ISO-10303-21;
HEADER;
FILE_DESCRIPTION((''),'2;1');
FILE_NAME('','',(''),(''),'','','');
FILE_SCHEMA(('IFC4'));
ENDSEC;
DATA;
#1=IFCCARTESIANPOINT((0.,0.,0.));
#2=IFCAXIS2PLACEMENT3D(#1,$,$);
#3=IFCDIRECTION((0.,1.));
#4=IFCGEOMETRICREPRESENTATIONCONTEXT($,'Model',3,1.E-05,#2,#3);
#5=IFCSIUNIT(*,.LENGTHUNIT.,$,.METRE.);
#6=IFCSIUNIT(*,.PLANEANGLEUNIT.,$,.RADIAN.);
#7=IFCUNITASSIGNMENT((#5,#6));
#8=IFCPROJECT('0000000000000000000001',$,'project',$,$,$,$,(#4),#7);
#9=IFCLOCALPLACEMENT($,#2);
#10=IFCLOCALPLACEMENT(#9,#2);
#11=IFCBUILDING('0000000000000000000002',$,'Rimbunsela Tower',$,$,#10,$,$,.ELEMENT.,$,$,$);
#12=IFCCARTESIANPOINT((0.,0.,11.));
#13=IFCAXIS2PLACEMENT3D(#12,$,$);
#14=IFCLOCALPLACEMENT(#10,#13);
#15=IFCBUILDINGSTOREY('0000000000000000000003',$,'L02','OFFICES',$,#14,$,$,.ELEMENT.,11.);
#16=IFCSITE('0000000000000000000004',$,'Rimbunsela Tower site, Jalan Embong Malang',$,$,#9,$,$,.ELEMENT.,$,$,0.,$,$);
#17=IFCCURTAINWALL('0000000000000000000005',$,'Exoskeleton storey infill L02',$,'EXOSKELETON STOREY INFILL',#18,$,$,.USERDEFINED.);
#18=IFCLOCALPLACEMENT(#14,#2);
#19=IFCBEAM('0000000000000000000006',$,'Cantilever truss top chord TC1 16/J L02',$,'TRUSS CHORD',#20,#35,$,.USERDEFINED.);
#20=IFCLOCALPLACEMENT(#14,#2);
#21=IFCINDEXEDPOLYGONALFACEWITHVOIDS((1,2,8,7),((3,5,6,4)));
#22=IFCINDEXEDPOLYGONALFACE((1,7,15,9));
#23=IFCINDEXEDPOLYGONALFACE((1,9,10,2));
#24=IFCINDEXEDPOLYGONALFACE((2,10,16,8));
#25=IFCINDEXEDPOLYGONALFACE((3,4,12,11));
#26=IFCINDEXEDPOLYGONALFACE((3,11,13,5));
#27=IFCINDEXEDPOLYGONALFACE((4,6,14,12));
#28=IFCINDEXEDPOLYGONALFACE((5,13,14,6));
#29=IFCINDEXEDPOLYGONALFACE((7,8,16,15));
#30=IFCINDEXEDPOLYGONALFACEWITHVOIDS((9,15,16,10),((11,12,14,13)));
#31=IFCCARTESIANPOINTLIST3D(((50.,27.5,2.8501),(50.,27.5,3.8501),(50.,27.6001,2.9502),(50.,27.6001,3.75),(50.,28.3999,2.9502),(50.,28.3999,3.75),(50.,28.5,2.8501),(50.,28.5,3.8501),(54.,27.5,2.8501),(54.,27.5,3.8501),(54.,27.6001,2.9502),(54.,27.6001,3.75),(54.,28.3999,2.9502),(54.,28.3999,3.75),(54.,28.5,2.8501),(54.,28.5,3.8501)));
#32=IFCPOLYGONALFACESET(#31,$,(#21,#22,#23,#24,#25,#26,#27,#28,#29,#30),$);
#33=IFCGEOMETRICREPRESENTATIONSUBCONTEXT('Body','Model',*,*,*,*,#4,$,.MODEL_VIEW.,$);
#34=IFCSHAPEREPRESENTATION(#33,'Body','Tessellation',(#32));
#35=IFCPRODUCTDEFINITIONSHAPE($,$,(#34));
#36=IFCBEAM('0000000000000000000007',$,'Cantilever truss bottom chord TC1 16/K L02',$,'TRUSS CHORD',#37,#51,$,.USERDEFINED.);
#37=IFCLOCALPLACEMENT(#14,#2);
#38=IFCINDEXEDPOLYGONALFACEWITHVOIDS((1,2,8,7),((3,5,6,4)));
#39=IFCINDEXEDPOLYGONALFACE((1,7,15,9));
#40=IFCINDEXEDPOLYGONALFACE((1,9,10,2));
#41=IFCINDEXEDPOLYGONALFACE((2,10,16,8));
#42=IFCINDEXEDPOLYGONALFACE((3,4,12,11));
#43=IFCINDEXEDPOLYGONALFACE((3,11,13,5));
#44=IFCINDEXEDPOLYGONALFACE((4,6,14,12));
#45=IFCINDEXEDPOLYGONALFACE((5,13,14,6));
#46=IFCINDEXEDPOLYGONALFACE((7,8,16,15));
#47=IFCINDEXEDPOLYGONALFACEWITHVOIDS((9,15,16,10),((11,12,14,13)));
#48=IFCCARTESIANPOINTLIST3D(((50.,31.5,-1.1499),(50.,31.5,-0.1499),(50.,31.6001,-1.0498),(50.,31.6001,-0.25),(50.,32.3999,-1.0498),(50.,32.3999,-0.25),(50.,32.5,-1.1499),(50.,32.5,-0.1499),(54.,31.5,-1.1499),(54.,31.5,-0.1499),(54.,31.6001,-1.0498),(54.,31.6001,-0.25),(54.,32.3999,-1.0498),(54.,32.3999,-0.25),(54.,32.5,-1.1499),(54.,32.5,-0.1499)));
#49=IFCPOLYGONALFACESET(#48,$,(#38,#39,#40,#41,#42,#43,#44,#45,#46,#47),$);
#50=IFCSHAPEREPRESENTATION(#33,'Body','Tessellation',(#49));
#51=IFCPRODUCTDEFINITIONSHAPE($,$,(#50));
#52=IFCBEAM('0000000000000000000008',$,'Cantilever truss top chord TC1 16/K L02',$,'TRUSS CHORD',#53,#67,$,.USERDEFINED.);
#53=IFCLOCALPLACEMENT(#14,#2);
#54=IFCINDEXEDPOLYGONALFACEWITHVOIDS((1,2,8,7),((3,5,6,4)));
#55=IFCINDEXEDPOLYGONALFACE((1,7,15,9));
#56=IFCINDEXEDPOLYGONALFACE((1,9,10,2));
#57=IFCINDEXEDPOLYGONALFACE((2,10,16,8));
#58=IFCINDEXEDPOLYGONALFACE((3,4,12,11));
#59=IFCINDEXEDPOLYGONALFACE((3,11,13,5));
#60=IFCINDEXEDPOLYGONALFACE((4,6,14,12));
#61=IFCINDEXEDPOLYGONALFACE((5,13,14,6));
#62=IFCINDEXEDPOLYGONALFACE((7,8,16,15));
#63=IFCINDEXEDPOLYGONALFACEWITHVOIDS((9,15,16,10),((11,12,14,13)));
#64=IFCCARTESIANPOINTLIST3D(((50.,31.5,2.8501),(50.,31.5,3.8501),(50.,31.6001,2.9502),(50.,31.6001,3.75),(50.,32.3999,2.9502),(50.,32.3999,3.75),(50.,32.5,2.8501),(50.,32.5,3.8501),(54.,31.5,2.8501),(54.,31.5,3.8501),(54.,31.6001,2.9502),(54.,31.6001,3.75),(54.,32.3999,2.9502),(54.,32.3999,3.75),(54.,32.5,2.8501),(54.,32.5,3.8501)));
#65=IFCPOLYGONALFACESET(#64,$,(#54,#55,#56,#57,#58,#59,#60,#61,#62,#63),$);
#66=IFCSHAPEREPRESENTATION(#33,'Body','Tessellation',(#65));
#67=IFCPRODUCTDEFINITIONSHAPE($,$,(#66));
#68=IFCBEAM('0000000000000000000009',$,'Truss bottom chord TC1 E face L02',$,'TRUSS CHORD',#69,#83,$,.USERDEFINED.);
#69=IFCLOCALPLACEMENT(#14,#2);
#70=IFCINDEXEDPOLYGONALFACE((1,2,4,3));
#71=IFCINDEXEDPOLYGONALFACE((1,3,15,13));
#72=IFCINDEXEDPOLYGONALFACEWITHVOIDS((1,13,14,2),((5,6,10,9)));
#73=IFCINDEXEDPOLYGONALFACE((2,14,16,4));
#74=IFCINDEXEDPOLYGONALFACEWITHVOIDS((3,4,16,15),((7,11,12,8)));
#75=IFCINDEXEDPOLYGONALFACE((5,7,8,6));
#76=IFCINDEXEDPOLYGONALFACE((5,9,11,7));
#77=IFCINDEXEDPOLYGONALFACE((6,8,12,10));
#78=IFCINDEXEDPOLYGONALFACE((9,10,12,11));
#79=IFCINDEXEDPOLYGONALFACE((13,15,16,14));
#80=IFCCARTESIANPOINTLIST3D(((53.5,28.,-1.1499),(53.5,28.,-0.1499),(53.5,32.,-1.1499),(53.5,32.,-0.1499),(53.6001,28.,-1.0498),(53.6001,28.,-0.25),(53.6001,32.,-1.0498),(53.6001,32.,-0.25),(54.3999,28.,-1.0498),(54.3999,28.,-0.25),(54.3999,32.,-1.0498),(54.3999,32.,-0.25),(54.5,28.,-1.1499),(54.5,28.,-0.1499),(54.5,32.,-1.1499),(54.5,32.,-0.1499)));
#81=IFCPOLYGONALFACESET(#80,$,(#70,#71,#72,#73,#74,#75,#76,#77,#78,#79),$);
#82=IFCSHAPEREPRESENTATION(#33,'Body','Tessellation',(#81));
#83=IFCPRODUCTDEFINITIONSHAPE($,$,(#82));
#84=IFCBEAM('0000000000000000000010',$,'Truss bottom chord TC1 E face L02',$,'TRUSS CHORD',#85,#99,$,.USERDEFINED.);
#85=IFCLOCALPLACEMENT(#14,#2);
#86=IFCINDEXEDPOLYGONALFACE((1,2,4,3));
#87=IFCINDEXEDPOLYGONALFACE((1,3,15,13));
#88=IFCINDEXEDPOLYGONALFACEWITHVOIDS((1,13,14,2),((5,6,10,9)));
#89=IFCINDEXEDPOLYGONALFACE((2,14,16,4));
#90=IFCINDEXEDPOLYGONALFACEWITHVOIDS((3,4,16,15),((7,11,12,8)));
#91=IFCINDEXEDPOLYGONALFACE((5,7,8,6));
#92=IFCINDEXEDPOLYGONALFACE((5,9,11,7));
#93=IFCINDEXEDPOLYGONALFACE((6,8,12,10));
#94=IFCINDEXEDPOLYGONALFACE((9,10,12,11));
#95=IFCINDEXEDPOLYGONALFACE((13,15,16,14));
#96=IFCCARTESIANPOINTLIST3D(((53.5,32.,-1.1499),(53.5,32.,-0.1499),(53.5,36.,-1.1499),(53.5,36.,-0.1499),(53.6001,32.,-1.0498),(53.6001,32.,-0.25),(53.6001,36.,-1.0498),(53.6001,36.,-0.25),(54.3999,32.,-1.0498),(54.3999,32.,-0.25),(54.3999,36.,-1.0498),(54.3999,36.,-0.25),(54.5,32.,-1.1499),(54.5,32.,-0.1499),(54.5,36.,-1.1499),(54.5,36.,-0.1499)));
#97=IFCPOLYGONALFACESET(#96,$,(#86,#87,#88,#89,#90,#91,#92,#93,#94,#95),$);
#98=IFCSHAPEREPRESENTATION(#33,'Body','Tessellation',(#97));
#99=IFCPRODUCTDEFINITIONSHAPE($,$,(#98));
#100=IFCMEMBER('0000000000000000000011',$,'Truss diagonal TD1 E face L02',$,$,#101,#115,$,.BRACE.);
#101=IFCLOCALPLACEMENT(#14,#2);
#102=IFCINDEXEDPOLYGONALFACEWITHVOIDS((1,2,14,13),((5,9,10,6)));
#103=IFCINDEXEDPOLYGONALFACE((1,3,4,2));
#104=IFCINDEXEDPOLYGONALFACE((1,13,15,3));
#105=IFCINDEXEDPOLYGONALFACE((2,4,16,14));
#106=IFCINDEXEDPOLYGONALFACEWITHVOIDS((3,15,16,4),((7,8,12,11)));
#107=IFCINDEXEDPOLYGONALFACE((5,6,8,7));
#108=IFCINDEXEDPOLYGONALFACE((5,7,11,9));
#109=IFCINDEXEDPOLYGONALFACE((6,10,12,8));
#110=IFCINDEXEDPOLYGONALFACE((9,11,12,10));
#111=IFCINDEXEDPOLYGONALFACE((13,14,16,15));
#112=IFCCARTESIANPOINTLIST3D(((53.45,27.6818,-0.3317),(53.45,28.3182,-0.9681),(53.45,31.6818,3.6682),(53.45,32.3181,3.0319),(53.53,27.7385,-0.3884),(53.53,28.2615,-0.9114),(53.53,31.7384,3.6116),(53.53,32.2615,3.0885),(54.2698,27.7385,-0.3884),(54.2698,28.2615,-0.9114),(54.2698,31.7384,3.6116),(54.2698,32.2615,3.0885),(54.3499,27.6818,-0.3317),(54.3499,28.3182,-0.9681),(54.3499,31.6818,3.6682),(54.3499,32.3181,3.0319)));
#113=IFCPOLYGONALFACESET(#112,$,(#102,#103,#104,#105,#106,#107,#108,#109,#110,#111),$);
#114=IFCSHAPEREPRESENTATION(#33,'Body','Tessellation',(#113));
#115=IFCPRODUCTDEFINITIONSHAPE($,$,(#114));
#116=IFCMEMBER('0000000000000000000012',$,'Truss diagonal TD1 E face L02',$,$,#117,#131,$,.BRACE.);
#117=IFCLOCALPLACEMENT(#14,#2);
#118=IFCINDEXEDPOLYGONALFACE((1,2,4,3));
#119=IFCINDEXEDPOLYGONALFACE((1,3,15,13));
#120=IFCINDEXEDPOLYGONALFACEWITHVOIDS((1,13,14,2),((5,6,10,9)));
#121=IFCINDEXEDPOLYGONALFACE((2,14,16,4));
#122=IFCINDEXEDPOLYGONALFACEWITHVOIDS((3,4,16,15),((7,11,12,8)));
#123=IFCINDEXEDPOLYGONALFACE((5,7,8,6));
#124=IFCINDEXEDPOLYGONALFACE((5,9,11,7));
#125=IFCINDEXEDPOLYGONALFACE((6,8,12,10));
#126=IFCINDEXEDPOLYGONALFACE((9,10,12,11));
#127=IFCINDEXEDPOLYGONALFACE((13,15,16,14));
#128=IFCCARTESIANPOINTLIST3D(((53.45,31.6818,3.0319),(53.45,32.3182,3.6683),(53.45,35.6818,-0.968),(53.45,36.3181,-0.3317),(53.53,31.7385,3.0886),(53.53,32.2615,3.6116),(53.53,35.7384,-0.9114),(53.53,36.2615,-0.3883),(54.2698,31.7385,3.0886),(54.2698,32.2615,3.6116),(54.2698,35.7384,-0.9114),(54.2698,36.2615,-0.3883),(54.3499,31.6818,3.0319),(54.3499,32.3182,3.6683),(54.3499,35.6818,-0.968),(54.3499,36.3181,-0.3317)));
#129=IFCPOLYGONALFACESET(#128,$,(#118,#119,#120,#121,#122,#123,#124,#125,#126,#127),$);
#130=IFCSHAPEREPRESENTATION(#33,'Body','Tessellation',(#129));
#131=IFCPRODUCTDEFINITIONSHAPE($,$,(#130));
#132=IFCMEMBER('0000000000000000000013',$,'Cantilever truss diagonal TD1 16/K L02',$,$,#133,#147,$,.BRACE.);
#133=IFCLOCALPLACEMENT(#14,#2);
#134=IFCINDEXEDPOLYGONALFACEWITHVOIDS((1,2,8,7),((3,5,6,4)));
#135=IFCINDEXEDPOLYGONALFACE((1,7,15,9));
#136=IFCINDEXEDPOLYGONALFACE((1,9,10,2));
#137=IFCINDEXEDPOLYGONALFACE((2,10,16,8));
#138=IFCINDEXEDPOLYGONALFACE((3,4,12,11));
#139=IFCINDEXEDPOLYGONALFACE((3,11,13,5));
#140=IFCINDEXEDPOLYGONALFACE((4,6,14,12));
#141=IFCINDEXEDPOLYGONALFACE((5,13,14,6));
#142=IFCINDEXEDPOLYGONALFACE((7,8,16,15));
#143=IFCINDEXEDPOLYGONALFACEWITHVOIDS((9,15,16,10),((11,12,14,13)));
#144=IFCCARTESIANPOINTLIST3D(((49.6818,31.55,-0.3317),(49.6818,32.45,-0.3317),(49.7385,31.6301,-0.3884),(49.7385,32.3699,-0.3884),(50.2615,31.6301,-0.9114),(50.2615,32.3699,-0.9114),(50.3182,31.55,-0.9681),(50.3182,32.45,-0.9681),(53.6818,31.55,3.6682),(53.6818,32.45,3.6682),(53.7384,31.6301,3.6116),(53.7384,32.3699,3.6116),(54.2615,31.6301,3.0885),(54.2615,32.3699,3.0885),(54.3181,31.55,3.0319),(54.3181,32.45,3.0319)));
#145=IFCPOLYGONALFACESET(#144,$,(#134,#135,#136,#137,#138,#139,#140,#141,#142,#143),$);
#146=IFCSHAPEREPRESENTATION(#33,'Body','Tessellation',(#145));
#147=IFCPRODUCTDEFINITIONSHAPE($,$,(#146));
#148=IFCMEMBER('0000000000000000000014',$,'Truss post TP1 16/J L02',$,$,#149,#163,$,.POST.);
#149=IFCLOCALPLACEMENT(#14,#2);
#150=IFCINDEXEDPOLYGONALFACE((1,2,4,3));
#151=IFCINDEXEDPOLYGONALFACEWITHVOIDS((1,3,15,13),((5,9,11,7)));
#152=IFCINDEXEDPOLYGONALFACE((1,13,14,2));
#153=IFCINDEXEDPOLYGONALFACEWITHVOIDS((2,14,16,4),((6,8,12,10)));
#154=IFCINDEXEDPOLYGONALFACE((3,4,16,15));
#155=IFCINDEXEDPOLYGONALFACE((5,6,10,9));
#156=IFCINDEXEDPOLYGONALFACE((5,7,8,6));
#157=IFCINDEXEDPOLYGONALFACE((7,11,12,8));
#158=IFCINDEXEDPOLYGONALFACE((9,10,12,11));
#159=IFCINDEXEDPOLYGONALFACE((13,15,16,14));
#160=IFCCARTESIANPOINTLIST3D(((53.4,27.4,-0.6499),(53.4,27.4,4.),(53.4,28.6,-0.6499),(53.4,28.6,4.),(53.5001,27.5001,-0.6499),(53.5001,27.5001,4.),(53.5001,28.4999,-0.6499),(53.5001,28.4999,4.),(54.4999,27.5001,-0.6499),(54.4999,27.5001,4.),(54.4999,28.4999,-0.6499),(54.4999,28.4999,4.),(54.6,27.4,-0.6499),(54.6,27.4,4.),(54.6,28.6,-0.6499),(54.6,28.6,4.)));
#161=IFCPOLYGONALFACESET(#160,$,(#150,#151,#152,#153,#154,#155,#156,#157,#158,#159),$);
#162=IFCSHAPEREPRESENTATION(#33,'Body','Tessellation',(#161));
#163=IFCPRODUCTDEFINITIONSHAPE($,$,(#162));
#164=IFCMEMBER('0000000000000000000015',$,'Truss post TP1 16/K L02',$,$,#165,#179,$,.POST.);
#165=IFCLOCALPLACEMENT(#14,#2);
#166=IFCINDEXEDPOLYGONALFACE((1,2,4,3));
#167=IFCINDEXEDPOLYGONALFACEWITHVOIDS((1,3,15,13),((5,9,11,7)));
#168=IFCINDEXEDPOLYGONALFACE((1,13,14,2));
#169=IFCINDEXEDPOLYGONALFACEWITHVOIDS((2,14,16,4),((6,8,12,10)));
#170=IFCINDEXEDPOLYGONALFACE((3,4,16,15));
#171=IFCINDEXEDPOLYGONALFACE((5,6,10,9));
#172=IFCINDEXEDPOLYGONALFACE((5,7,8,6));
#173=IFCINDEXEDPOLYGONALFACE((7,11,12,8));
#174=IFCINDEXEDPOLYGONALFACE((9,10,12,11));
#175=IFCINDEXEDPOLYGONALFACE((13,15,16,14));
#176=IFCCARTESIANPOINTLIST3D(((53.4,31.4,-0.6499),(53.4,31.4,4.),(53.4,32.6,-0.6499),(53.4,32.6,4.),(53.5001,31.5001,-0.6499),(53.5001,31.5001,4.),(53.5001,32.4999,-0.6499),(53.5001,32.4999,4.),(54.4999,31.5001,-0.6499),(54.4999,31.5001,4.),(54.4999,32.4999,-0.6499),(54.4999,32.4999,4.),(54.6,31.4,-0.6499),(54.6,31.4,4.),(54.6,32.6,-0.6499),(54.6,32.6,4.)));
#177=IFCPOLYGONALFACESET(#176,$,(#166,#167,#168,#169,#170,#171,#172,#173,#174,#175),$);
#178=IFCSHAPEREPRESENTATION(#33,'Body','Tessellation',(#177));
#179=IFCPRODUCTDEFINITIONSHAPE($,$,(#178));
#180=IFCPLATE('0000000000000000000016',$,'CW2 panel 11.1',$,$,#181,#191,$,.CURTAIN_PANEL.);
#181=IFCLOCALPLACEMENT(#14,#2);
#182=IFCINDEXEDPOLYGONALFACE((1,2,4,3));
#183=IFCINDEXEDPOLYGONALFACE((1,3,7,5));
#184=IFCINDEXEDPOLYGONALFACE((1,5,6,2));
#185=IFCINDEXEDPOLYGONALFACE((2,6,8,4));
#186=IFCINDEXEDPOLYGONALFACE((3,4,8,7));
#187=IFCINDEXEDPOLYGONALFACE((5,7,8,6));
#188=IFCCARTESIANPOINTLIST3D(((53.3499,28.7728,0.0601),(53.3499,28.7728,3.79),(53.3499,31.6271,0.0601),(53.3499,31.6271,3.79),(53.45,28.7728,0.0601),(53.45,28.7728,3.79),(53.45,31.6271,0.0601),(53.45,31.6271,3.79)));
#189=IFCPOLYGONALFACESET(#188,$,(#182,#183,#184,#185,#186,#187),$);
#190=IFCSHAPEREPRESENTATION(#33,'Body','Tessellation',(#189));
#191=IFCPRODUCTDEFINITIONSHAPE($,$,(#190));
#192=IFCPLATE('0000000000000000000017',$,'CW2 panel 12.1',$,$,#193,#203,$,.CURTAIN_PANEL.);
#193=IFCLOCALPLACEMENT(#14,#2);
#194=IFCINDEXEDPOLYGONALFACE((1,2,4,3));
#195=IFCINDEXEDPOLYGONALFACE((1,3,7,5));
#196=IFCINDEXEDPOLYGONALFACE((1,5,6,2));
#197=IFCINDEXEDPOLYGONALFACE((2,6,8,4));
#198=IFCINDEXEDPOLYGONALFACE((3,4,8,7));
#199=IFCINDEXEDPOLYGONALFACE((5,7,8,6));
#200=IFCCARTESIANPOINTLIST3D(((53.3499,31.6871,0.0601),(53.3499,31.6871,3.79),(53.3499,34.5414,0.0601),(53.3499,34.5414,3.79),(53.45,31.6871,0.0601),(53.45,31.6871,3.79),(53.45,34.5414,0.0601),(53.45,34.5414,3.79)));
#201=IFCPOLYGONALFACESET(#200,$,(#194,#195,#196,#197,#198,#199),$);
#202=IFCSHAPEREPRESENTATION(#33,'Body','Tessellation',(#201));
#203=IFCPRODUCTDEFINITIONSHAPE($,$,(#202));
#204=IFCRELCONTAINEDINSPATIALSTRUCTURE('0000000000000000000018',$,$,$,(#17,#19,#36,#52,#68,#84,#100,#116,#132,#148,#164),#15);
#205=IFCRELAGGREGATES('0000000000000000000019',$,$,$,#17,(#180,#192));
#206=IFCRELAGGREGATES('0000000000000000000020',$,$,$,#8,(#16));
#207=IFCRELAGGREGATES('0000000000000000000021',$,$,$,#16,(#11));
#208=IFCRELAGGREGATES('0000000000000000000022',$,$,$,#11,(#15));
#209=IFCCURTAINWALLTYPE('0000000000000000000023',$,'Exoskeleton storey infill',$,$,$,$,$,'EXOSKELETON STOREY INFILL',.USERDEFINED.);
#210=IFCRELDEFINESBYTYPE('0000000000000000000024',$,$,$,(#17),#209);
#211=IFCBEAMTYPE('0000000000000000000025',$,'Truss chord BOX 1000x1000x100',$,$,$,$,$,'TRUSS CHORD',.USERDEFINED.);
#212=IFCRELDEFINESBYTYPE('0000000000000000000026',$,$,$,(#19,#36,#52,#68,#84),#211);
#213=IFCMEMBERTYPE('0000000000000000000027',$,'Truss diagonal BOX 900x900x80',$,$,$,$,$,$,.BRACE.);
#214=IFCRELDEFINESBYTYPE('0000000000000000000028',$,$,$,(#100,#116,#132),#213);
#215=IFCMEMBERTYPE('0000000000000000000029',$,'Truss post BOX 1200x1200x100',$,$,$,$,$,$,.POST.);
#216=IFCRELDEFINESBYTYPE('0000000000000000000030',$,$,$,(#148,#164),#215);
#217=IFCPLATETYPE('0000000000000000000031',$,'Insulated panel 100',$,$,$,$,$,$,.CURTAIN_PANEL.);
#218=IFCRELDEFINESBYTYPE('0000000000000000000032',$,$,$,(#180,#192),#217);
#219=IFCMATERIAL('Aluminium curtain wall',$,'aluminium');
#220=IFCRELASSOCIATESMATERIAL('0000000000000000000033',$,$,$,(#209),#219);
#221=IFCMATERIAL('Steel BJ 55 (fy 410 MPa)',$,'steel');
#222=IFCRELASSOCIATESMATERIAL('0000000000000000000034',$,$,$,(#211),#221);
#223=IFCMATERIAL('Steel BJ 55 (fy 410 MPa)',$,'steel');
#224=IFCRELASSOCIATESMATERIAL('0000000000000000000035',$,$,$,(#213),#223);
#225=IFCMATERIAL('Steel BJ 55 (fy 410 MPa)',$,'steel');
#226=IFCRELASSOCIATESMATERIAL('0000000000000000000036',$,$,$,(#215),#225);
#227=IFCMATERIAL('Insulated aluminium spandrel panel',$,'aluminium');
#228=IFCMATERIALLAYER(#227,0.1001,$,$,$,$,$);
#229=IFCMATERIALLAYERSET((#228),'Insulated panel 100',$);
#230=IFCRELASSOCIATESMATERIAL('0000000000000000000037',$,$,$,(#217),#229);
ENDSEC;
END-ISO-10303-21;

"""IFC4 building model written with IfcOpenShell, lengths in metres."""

from ifc_helpers import new_model, si_unit, direction, frame, origin, origin_2d, place, context, subcontext, project, spatial, rectangle, hollow_rectangle, extrude, material, layer, layer_set, material_profile, profile_set, type_object, element, aggregate, save


model = new_model("IFC4")

# Units and contexts
model_context = context("Model", 3, precision=1e-05, world=origin(), true_north=direction((0.0, 1.0)))
body_context = subcontext(model_context, "Body", "Model", "MODEL_VIEW")
ifc_project = project(units=[si_unit("LENGTHUNIT", "METRE"), si_unit("PLANEANGLEUNIT", "RADIAN")], contexts=[model_context])

# Site, building, storey
site_placement = place(None, origin())
site = spatial("IfcSite", under=ifc_project, at=site_placement, Name="Rimbunsela Tower site, Jalan Embong Malang", CompositionType="ELEMENT", RefElevation=0.0)
building_placement = place(site_placement, origin())
building = spatial("IfcBuilding", under=site, at=building_placement, Name="Rimbunsela Tower", CompositionType="ELEMENT")
storey_placement = place(building_placement, frame((0.0, 0.0, 11.0)))
storey = spatial("IfcBuildingStorey", under=building, at=storey_placement, Name="L02", Description="OFFICES", CompositionType="ELEMENT", Elevation=11.0)

# Curtain wall
ifc_material_1 = material(Name="Aluminium curtain wall", Category="aluminium")
curtain_wall_type = type_object("IfcCurtainWallType", Name="Exoskeleton storey infill", ElementType="EXOSKELETON STOREY INFILL", PredefinedType="USERDEFINED", material=ifc_material_1)
curtain_wall_placement = place(storey_placement, origin())
curtain_wall = element("IfcCurtainWall", 1, at=curtain_wall_placement, inside=storey, type_object=curtain_wall_type, Name="Exoskeleton storey infill L02", ObjectType="EXOSKELETON STOREY INFILL", PredefinedType="USERDEFINED")

# Beams
ifc_material_2 = material(Name="Steel BJ 55 (fy 410 MPa)", Category="steel")
ifc_material_profile_1 = material_profile(ifc_material_2, hollow_rectangle(XDim=1.0, YDim=1.0, WallThickness=0.1001, at=origin_2d()), Name="BOX 1000x1000x100")
ifc_profile_set_1 = profile_set([ifc_material_profile_1], Name="Steel BJ 55 (fy 410 MPa)")
beam_type_1 = type_object("IfcBeamType", Name="Truss chord BOX 1000x1000x100", ElementType="TRUSS CHORD", PredefinedType="USERDEFINED", material=ifc_profile_set_1)
for number, where, z_axis, x_axis, name in (
    (2, (50.0, 28.0, 3.3501), (1.0, 0.0, 0.0), (0.0, 1.0, 0.0), "Cantilever truss top chord TC1 16/J L02"),
    (3, (50.0, 32.0, -0.6499), (1.0, 0.0, 0.0), (0.0, 1.0, 0.0), "Cantilever truss bottom chord TC1 16/K L02"),
    (4, (50.0, 32.0, 3.3501), (1.0, 0.0, 0.0), (0.0, 1.0, 0.0), "Cantilever truss top chord TC1 16/K L02"),
    (5, (54.0, 28.0, -0.6499), (0.0, 1.0, 0.0), (-1.0, 0.0, 0.0), "Truss bottom chord TC1 E face L02"),
    (6, (54.0, 32.0, -0.6499), (0.0, 1.0, 0.0), (-1.0, 0.0, 0.0), "Truss bottom chord TC1 E face L02"),
):
    element("IfcBeam", number, at=place(storey_placement, frame(where, z_axis=z_axis, x_axis=x_axis)), inside=storey, type_object=beam_type_1, Name=name, ObjectType="TRUSS CHORD", PredefinedType="USERDEFINED", context=body_context, shape_type="SweptSolid", body=[
        extrude(hollow_rectangle(XDim=1.0, YDim=1.0, WallThickness=0.1001, at=origin_2d()), origin(), (0.0, 0.0, 1.0), 4.0),
    ])

# Members
ifc_material_3 = material(Name="Steel BJ 55 (fy 410 MPa)", Category="steel")
ifc_material_profile_2 = material_profile(ifc_material_3, hollow_rectangle(XDim=0.8999, YDim=0.8999, WallThickness=0.0801, at=origin_2d()), Name="BOX 900x900x80")
ifc_profile_set_2 = profile_set([ifc_material_profile_2], Name="Steel BJ 55 (fy 410 MPa)")
member_type_1 = type_object("IfcMemberType", Name="Truss diagonal BOX 900x900x80", PredefinedType="BRACE", material=ifc_profile_set_2)
for number, where, z_axis, x_axis, name in (
    (7, (53.8999, 28.0, -0.6499), (0.0, 0.707107, 0.707107), (-1.0, 0.0, 0.0), "Truss diagonal TD1 E face L02"),
    (8, (53.8999, 32.0, 3.3501), (0.0, 0.707107, -0.707107), (-1.0, 0.0, 0.0), "Truss diagonal TD1 E face L02"),
    (9, (50.0, 32.0, -0.6499), (0.707107, 0.0, 0.707107), (0.0, 1.0, 0.0), "Cantilever truss diagonal TD1 16/K L02"),
):
    element("IfcMember", number, at=place(storey_placement, frame(where, z_axis=z_axis, x_axis=x_axis)), inside=storey, type_object=member_type_1, Name=name, PredefinedType="BRACE", context=body_context, shape_type="SweptSolid", body=[
        extrude(hollow_rectangle(XDim=0.8999, YDim=0.8999, WallThickness=0.0801, at=origin_2d()), origin(), (0.0, 0.0, 1.0), 5.6567),
    ])
ifc_material_4 = material(Name="Steel BJ 55 (fy 410 MPa)", Category="steel")
ifc_material_profile_3 = material_profile(ifc_material_4, hollow_rectangle(XDim=1.2, YDim=1.2, WallThickness=0.1001, at=origin_2d()), Name="BOX 1200x1200x100")
ifc_profile_set_3 = profile_set([ifc_material_profile_3], Name="Steel BJ 55 (fy 410 MPa)")
member_type_2 = type_object("IfcMemberType", Name="Truss post BOX 1200x1200x100", PredefinedType="POST", material=ifc_profile_set_3)
for number, where, z_axis, x_axis, name in (
    (10, (54.0, 28.0, -0.6499), (0.0, 0.0, 1.0), (1.0, 0.0, 0.0), "Truss post TP1 16/J L02"),
    (11, (54.0, 32.0, -0.6499), (0.0, 0.0, 1.0), (1.0, 0.0, 0.0), "Truss post TP1 16/K L02"),
):
    element("IfcMember", number, at=place(storey_placement, frame(where, z_axis=z_axis, x_axis=x_axis)), inside=storey, type_object=member_type_2, Name=name, PredefinedType="POST", context=body_context, shape_type="SweptSolid", body=[
        extrude(hollow_rectangle(XDim=1.2, YDim=1.2, WallThickness=0.1001, at=origin_2d()), origin(), (0.0, 0.0, 1.0), 4.6499),
    ])

# Plates
ifc_material_5 = material(Name="Insulated aluminium spandrel panel", Category="aluminium")
ifc_layer = layer(ifc_material_5, 0.1001)
ifc_layer_set = layer_set([ifc_layer], Name="Insulated panel 100")
plate_type = type_object("IfcPlateType", Name="Insulated panel 100", PredefinedType="CURTAIN_PANEL", material=ifc_layer_set)
plate_1_placement = place(storey_placement, frame((53.3999, 30.2, 0.0601), z_axis=(0.0, 0.0, 1.0), x_axis=(0.0, 1.0, 0.0)))
plate_1 = element("IfcPlate", 12, at=plate_1_placement, type_object=plate_type, Name="CW2 panel 11.1", PredefinedType="CURTAIN_PANEL", context=body_context, shape_type="SweptSolid", body=[
    extrude(rectangle(XDim=2.8542, YDim=0.1001, at=origin_2d()), origin(), (0.0, 0.0, 1.0), 3.73),
])
plate_2_placement = place(storey_placement, frame((53.3999, 33.1143, 0.0601), z_axis=(0.0, 0.0, 1.0), x_axis=(0.0, 1.0, 0.0)))
plate_2 = element("IfcPlate", 13, at=plate_2_placement, type_object=plate_type, Name="CW2 panel 12.1", PredefinedType="CURTAIN_PANEL", context=body_context, shape_type="SweptSolid", body=[
    extrude(rectangle(XDim=2.8542, YDim=0.1001, at=origin_2d()), origin(), (0.0, 0.0, 1.0), 3.73),
])
aggregate(curtain_wall, [plate_1, plate_2])

save(model, "model.ifc")
